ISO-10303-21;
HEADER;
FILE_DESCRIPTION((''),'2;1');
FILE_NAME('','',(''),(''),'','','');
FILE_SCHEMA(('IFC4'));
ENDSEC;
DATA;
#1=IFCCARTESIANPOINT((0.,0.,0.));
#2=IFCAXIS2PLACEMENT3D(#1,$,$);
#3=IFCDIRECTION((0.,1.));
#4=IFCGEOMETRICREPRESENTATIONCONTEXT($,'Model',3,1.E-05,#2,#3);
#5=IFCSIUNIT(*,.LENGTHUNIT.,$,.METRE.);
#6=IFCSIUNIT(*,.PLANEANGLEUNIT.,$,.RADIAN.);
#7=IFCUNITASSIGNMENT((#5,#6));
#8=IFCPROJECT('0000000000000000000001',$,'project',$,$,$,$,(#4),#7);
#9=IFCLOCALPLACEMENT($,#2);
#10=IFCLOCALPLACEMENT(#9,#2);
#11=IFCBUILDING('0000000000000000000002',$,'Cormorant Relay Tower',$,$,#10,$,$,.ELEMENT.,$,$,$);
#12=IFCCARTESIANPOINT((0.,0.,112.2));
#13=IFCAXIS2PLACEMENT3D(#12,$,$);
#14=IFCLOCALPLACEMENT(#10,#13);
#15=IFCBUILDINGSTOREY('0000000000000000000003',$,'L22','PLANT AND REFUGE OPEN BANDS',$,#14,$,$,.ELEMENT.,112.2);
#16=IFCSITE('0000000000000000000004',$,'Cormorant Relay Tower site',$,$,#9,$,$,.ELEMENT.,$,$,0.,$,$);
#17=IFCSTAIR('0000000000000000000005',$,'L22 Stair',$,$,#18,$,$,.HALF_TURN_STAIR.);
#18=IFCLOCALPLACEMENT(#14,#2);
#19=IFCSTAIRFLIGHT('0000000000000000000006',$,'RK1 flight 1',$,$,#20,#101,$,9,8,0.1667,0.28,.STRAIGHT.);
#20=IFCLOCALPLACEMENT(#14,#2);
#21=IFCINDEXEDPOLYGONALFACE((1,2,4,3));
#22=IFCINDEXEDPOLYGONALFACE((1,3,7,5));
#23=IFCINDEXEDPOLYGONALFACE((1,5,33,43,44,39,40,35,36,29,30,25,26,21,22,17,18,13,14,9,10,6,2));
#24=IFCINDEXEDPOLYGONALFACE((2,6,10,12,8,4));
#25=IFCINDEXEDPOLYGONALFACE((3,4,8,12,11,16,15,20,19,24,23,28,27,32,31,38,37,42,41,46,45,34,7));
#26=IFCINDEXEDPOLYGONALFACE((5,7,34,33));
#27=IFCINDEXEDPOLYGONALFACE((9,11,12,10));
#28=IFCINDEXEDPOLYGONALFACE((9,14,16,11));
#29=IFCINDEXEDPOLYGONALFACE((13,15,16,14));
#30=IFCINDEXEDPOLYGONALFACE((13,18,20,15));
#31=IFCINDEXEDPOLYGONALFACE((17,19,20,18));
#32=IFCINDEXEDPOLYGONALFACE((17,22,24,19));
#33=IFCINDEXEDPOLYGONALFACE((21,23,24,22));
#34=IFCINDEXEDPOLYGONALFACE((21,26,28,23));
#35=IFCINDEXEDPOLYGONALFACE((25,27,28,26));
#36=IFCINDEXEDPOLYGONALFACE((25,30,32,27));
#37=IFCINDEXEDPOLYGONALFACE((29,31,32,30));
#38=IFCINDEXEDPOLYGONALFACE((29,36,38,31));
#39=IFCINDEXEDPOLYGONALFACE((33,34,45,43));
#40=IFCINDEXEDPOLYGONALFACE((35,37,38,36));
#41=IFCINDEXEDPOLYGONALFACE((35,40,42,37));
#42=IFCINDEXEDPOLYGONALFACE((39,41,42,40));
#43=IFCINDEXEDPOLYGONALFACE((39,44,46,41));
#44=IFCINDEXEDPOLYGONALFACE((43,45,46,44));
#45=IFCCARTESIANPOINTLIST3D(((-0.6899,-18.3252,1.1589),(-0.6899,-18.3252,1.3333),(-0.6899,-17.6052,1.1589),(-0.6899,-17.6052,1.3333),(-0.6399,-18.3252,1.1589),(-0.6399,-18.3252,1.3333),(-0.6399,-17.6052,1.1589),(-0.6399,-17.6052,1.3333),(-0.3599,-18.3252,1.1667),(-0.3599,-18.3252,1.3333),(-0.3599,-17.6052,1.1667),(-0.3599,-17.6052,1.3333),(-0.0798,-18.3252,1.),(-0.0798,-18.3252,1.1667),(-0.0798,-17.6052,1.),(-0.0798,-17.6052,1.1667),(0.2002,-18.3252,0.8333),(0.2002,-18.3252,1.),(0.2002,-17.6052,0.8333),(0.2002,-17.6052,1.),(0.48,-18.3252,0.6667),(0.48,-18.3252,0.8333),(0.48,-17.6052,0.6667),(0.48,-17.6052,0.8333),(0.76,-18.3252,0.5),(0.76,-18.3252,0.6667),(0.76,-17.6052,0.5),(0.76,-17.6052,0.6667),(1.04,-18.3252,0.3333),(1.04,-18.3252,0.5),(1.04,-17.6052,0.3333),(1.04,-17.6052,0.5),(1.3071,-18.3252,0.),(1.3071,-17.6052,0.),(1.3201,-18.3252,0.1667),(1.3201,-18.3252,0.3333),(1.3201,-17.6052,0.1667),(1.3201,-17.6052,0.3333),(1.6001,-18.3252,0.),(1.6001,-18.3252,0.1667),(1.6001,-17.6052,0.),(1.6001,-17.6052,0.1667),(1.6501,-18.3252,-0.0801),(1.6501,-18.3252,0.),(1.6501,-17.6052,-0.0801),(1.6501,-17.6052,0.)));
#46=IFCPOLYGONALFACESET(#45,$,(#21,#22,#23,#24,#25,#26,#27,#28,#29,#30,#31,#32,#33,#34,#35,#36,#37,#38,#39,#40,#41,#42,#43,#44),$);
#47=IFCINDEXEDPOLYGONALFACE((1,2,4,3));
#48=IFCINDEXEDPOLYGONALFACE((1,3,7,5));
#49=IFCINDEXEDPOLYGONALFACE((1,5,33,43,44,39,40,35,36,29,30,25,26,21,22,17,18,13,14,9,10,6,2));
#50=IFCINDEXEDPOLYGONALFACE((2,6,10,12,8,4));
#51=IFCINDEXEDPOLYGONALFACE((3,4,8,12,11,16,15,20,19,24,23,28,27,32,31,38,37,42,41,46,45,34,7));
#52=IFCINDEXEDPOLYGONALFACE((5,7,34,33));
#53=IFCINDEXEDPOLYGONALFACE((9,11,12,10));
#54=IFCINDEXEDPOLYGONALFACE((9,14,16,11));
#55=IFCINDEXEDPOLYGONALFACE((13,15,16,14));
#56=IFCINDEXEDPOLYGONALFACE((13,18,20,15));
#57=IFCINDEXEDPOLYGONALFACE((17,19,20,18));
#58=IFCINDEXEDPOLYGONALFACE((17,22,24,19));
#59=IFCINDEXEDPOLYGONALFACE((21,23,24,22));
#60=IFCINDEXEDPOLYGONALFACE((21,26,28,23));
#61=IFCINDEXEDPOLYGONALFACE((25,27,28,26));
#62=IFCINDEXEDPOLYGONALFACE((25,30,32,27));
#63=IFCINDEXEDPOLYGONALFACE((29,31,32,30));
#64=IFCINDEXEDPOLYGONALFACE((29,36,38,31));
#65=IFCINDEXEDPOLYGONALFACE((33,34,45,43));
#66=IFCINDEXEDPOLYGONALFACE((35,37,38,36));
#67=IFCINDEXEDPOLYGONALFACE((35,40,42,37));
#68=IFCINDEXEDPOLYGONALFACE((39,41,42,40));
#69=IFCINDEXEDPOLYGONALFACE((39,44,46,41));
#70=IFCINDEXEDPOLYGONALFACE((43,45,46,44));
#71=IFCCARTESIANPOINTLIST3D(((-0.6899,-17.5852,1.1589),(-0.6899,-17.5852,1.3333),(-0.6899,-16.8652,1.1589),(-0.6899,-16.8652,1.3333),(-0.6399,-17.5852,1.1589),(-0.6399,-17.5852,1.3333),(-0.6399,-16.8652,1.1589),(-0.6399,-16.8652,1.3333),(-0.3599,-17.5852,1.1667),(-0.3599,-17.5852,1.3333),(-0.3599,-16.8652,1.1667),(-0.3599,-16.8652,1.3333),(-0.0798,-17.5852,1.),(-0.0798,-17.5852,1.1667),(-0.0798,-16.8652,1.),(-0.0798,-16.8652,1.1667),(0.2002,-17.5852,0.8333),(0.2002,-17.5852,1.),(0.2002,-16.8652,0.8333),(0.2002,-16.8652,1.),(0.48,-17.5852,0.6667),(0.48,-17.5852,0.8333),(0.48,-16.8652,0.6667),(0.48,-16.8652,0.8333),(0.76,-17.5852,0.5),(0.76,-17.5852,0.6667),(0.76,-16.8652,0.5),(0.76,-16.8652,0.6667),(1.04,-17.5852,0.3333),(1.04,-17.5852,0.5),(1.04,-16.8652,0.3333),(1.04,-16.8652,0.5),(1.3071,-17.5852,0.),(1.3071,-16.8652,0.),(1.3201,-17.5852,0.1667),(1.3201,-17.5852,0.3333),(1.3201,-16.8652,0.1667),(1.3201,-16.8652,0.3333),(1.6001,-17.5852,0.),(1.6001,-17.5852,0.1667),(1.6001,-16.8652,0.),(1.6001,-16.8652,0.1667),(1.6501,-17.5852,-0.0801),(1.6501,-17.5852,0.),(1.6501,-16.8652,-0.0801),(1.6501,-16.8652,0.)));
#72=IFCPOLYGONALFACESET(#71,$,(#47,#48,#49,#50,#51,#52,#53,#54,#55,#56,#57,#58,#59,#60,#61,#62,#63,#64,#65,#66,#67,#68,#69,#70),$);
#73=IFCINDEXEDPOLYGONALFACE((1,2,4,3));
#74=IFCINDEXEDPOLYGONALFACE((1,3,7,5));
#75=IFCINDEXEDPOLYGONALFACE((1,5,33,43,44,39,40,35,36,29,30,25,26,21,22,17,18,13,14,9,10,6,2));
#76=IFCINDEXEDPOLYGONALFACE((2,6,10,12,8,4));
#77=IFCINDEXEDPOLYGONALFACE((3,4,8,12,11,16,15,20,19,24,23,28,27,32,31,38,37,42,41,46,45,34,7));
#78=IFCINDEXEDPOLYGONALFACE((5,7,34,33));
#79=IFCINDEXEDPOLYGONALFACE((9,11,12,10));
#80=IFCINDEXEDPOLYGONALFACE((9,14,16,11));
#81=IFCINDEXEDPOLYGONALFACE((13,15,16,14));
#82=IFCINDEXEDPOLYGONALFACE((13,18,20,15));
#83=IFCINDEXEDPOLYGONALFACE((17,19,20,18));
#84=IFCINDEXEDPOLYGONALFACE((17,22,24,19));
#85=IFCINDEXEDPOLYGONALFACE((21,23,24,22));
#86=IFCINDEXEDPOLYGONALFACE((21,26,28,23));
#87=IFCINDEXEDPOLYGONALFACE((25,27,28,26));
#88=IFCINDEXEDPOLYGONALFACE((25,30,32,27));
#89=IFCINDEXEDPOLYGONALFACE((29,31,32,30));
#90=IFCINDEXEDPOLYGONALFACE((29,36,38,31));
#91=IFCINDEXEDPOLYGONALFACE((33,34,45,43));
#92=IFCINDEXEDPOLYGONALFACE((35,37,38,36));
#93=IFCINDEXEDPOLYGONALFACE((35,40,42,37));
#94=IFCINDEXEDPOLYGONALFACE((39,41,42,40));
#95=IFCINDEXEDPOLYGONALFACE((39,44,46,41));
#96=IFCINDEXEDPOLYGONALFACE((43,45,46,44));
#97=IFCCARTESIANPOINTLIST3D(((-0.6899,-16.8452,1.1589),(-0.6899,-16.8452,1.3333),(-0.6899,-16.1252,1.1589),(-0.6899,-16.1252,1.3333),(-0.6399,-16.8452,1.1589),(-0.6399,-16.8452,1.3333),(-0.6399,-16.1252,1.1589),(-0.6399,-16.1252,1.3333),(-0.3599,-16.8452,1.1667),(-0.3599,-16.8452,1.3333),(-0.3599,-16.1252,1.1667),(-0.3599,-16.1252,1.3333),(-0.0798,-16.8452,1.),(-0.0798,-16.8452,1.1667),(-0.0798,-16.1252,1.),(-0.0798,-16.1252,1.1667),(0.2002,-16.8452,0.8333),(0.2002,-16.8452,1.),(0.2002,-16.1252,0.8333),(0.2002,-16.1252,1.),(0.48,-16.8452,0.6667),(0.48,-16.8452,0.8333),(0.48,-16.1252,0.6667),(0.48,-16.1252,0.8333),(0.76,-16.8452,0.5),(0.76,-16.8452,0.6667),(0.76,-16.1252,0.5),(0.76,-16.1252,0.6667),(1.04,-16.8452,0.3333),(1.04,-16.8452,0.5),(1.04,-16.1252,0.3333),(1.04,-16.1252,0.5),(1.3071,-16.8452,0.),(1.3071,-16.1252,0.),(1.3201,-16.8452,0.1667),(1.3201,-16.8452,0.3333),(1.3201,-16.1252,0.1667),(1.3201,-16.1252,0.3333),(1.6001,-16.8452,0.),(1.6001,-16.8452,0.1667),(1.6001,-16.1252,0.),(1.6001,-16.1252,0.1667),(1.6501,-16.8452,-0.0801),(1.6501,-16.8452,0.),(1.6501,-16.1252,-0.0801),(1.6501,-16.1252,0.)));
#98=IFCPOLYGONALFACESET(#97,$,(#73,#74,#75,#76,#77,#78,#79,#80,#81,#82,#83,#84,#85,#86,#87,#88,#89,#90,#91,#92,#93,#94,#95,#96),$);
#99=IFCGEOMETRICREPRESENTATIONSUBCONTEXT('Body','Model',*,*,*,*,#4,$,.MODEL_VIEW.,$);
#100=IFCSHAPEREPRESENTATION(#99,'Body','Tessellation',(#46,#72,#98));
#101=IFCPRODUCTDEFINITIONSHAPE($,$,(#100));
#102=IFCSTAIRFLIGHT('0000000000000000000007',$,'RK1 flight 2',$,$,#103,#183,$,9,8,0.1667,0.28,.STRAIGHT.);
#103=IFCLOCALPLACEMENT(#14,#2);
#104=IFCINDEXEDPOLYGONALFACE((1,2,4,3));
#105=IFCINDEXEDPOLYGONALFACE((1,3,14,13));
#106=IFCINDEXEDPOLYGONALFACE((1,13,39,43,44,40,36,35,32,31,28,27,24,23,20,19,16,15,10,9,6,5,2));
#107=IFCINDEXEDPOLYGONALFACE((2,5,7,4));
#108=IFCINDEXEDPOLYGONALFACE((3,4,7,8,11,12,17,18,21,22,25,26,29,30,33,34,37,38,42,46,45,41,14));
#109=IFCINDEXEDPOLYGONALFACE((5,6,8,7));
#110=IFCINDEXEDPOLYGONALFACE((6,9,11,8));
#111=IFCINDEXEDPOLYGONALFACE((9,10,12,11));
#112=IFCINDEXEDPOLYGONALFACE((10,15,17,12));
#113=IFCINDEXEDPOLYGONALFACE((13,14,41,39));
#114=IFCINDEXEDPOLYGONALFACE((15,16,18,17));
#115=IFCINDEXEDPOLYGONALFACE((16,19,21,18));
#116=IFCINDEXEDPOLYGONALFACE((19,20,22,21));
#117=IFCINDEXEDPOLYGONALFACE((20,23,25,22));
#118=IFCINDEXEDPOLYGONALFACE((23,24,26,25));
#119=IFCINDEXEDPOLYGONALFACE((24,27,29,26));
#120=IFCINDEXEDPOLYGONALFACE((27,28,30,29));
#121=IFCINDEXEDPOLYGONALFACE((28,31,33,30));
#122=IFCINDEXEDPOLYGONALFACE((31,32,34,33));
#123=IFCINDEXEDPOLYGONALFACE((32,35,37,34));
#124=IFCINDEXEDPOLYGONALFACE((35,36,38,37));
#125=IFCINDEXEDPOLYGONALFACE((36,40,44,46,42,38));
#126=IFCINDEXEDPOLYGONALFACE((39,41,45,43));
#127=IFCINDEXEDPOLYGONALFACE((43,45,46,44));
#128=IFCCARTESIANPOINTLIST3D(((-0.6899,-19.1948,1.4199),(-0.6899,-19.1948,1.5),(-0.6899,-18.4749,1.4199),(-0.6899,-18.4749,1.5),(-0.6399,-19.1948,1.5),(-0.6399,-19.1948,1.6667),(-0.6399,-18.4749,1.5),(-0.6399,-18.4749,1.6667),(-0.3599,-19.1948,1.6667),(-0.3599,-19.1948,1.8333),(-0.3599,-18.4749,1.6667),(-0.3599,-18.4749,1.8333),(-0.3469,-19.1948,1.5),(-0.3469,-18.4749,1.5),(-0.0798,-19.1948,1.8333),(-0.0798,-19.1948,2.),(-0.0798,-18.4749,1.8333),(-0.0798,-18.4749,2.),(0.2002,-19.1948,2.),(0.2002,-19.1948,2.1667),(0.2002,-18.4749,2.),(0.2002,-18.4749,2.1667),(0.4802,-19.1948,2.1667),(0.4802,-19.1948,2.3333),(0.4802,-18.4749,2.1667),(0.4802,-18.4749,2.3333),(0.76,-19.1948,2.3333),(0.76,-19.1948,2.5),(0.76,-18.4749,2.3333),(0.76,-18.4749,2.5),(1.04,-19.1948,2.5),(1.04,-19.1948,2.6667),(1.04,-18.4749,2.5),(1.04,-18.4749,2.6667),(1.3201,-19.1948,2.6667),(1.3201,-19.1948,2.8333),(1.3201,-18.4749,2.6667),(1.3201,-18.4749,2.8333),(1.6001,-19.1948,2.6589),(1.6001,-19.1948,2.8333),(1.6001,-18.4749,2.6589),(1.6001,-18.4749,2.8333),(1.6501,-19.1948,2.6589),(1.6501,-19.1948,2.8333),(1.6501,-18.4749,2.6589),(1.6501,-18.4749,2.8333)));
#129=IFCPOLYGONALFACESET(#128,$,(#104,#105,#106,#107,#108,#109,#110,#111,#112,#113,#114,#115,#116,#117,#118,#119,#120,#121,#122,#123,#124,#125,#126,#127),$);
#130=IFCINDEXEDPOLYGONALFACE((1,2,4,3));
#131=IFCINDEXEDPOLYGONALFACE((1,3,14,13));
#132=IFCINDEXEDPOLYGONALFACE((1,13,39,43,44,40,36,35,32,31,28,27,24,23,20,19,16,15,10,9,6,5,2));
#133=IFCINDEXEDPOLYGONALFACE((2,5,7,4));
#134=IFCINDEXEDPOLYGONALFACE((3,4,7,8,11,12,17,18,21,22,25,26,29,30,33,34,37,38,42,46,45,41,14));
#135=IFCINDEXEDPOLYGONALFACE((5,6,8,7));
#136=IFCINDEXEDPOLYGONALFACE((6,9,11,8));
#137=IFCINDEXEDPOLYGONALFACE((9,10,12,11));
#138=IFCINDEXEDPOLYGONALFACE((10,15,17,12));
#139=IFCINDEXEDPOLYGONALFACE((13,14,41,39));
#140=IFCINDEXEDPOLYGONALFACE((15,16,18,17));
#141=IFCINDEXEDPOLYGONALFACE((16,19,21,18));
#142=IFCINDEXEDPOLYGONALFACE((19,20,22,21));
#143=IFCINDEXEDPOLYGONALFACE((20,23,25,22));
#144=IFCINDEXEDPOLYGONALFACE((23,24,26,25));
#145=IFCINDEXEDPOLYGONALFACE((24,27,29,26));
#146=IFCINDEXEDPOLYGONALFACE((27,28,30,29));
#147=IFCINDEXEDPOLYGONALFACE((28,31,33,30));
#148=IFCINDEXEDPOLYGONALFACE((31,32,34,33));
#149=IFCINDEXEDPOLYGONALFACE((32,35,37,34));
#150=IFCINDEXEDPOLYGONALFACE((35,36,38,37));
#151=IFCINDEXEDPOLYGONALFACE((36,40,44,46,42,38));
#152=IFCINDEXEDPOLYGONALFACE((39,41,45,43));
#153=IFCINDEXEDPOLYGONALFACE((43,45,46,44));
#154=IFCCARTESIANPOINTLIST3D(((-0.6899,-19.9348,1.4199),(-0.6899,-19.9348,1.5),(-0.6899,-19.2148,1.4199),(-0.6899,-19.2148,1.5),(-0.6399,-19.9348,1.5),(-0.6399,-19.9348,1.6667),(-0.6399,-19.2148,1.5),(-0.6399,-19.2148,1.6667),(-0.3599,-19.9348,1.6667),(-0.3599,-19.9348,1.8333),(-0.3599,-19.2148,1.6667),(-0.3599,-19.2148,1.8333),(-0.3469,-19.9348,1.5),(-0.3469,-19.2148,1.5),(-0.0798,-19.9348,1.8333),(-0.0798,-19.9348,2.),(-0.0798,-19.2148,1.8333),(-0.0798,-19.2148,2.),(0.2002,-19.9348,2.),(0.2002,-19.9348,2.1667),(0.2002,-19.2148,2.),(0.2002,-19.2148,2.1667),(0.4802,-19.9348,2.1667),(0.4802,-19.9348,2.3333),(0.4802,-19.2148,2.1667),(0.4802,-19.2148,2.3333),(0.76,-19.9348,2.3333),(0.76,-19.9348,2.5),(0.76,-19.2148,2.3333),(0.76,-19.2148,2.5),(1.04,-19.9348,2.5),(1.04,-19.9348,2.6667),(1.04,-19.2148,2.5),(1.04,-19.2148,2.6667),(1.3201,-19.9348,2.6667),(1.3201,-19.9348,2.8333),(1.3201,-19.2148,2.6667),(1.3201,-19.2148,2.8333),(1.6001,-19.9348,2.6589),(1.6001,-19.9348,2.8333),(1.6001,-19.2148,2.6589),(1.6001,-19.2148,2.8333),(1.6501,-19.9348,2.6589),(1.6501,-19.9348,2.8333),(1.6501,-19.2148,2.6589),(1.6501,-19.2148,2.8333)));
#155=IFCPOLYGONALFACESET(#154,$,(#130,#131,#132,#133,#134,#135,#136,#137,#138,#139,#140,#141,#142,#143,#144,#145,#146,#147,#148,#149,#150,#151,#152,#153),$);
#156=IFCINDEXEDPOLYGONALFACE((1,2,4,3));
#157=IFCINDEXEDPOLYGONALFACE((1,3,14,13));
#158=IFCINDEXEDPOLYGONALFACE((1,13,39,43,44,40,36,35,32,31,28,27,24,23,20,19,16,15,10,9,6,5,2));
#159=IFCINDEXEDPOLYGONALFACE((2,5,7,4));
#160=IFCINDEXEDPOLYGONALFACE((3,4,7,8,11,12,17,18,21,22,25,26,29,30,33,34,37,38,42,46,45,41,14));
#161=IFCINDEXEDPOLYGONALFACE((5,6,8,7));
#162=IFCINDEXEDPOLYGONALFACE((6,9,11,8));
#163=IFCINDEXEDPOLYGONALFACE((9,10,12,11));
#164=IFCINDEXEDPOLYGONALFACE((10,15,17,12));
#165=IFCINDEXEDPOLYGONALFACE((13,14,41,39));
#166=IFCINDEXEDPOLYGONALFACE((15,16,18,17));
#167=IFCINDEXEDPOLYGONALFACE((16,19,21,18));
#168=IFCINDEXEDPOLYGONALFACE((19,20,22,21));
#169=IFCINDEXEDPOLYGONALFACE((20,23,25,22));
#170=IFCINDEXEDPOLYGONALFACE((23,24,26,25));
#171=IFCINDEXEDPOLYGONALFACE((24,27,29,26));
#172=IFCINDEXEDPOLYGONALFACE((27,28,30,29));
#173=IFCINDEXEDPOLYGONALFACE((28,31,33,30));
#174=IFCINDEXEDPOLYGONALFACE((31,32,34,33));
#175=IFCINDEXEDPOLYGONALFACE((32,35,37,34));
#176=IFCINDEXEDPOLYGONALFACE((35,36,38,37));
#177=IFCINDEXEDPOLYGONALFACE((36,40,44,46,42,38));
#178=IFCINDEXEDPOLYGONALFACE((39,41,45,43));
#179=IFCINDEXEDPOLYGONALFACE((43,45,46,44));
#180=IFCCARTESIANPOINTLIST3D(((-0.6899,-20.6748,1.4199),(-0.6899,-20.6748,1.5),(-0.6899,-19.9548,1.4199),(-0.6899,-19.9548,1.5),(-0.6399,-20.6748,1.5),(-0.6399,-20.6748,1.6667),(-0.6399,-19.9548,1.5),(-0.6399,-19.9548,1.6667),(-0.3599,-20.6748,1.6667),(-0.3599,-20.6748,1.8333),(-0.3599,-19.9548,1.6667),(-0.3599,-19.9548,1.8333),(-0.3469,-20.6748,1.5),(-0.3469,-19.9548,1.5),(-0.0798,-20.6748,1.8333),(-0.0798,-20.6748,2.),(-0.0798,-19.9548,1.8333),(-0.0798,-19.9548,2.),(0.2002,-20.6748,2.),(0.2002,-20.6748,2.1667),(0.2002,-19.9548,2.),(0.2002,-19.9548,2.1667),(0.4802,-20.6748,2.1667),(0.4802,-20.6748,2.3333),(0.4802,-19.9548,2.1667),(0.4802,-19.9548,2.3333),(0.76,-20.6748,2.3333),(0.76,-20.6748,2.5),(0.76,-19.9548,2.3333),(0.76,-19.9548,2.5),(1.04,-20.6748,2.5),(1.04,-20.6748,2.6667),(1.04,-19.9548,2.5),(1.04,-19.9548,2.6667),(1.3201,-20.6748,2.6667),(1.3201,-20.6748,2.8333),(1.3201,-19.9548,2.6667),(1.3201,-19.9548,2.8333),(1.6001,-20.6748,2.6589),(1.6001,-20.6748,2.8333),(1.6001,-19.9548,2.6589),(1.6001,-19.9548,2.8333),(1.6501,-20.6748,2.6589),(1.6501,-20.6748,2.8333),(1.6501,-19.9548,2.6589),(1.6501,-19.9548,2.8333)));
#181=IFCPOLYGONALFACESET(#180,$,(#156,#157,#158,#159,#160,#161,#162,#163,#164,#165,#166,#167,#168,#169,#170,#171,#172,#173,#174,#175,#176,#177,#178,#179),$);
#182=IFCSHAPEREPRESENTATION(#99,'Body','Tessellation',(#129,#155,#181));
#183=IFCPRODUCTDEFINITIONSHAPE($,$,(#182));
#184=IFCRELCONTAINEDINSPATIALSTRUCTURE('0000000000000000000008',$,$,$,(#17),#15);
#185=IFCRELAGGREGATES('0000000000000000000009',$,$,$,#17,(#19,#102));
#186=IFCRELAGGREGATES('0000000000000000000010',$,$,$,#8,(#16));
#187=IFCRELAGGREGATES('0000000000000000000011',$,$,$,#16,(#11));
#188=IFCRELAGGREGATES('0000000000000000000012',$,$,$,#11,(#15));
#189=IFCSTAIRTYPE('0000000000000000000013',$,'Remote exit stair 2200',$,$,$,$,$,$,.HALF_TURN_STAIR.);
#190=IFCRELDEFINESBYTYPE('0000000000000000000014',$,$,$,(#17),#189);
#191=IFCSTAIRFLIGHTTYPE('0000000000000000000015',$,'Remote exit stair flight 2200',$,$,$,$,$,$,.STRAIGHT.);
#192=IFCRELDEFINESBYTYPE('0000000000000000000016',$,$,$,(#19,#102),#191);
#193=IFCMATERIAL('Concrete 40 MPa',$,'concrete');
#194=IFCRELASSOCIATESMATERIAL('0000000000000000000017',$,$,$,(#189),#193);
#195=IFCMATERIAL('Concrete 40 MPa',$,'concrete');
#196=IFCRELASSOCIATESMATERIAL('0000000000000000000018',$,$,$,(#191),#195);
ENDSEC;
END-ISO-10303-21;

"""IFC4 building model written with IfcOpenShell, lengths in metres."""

from ifc_helpers import new_model, si_unit, direction, frame, origin, place, context, subcontext, project, spatial, polyline, outline, extrude, material, type_object, element, aggregate, save


model = new_model("IFC4")

# Units and contexts
model_context = context("Model", 3, precision=1e-05, world=origin(), true_north=direction((0.0, 1.0)))
body_context = subcontext(model_context, "Body", "Model", "MODEL_VIEW")
ifc_project = project(units=[si_unit("LENGTHUNIT", "METRE"), si_unit("PLANEANGLEUNIT", "RADIAN")], contexts=[model_context])

# Site, building, storey
site_placement = place(None, origin())
site = spatial("IfcSite", under=ifc_project, at=site_placement, Name="Cormorant Relay Tower site", CompositionType="ELEMENT", RefElevation=0.0)
building_placement = place(site_placement, origin())
building = spatial("IfcBuilding", under=site, at=building_placement, Name="Cormorant Relay Tower", CompositionType="ELEMENT")
storey_placement = place(building_placement, frame((0.0, 0.0, 112.2)))
storey = spatial("IfcBuildingStorey", under=building, at=storey_placement, Name="L22", Description="PLANT AND REFUGE OPEN BANDS", CompositionType="ELEMENT", Elevation=112.2)

# Stair, stair flights
ifc_material_1 = material(Name="Concrete 40 MPa", Category="concrete")
stair_type = type_object("IfcStairType", Name="Remote exit stair 2200", PredefinedType="HALF_TURN_STAIR", material=ifc_material_1)
stair_placement = place(storey_placement, origin())
stair = element("IfcStair", 1, at=stair_placement, inside=storey, type_object=stair_type, Name="L22 Stair", PredefinedType="HALF_TURN_STAIR")
ifc_material_2 = material(Name="Concrete 40 MPa", Category="concrete")
stair_flight_type = type_object("IfcStairFlightType", Name="Remote exit stair flight 2200", PredefinedType="STRAIGHT", material=ifc_material_2)
stair_flight_1_placement = place(storey_placement, frame((1.6001, -17.2251, 0.0), z_axis=(0.0, 0.0, 1.0), x_axis=(-1.0, 0.0, 0.0)))
stair_flight_1 = element("IfcStairFlight", 2, at=stair_flight_1_placement, type_object=stair_flight_type, Name="RK1 flight 1", NumberOfRisers=9, NumberOfTreads=8, PredefinedType="STRAIGHT", RiserHeight=0.1667, TreadLength=0.28, context=body_context, shape_type="SweptSolid", body=[
    extrude(outline(polyline([(-0.05, -0.0801), (-0.05, 0.0), (0.0, 0.0), (0.0, 0.1667), (0.28, 0.1667), (0.28, 0.3333), (0.5601, 0.3333), (0.5601, 0.5), (0.8401, 0.5), (0.8401, 0.6667), (1.1201, 0.6667), (1.1201, 0.8333), (1.3999, 0.8333), (1.3999, 1.0), (1.6799, 1.0), (1.6799, 1.1667), (1.96, 1.1667), (1.96, 1.3333), (2.24, 1.3333), (2.29, 1.3333), (2.29, 1.1589), (2.24, 1.1589), (0.293, 0.0), (-0.05, -0.0801)])), frame((0.0, 1.1001, 0.0), z_axis=(0.0, -1.0, 0.0), x_axis=(1.0, 0.0, 0.0)), (0.0, 0.0, 1.0), 0.72),
    extrude(outline(polyline([(-0.05, -0.0801), (-0.05, 0.0), (0.0, 0.0), (0.0, 0.1667), (0.28, 0.1667), (0.28, 0.3333), (0.5601, 0.3333), (0.5601, 0.5), (0.8401, 0.5), (0.8401, 0.6667), (1.1201, 0.6667), (1.1201, 0.8333), (1.3999, 0.8333), (1.3999, 1.0), (1.6799, 1.0), (1.6799, 1.1667), (1.96, 1.1667), (1.96, 1.3333), (2.24, 1.3333), (2.29, 1.3333), (2.29, 1.1589), (2.24, 1.1589), (0.293, 0.0), (-0.05, -0.0801)])), frame((0.0, 0.3601, 0.0), z_axis=(0.0, -1.0, 0.0), x_axis=(1.0, 0.0, 0.0)), (0.0, 0.0, 1.0), 0.72),
    extrude(outline(polyline([(-0.05, -0.0801), (-0.05, 0.0), (0.0, 0.0), (0.0, 0.1667), (0.28, 0.1667), (0.28, 0.3333), (0.5601, 0.3333), (0.5601, 0.5), (0.8401, 0.5), (0.8401, 0.6667), (1.1201, 0.6667), (1.1201, 0.8333), (1.3999, 0.8333), (1.3999, 1.0), (1.6799, 1.0), (1.6799, 1.1667), (1.96, 1.1667), (1.96, 1.3333), (2.24, 1.3333), (2.29, 1.3333), (2.29, 1.1589), (2.24, 1.1589), (0.293, 0.0), (-0.05, -0.0801)])), frame((0.0, -0.3799, 0.0), z_axis=(0.0, -1.0, 0.0), x_axis=(1.0, 0.0, 0.0)), (0.0, 0.0, 1.0), 0.72),
])
stair_flight_2_placement = place(storey_placement, frame((-0.6399, -19.575, 1.5), z_axis=(0.0, 0.0, 1.0), x_axis=(1.0, 0.0, 0.0)))
stair_flight_2 = element("IfcStairFlight", 3, at=stair_flight_2_placement, type_object=stair_flight_type, Name="RK1 flight 2", NumberOfRisers=9, NumberOfTreads=8, PredefinedType="STRAIGHT", RiserHeight=0.1667, TreadLength=0.28, context=body_context, shape_type="SweptSolid", body=[
    extrude(outline(polyline([(-0.05, -0.0801), (-0.05, 0.0), (0.0, 0.0), (0.0, 0.1667), (0.28, 0.1667), (0.28, 0.3333), (0.5601, 0.3333), (0.5601, 0.5), (0.8401, 0.5), (0.8401, 0.6667), (1.1201, 0.6667), (1.1201, 0.8333), (1.3999, 0.8333), (1.3999, 1.0), (1.6799, 1.0), (1.6799, 1.1667), (1.96, 1.1667), (1.96, 1.3333), (2.24, 1.3333), (2.29, 1.3333), (2.29, 1.1589), (2.24, 1.1589), (0.293, 0.0), (-0.05, -0.0801)])), frame((0.0, 1.1001, 0.0), z_axis=(0.0, -1.0, 0.0), x_axis=(1.0, 0.0, 0.0)), (0.0, 0.0, 1.0), 0.72),
    extrude(outline(polyline([(-0.05, -0.0801), (-0.05, 0.0), (0.0, 0.0), (0.0, 0.1667), (0.28, 0.1667), (0.28, 0.3333), (0.5601, 0.3333), (0.5601, 0.5), (0.8401, 0.5), (0.8401, 0.6667), (1.1201, 0.6667), (1.1201, 0.8333), (1.3999, 0.8333), (1.3999, 1.0), (1.6799, 1.0), (1.6799, 1.1667), (1.96, 1.1667), (1.96, 1.3333), (2.24, 1.3333), (2.29, 1.3333), (2.29, 1.1589), (2.24, 1.1589), (0.293, 0.0), (-0.05, -0.0801)])), frame((0.0, 0.3601, 0.0), z_axis=(0.0, -1.0, 0.0), x_axis=(1.0, 0.0, 0.0)), (0.0, 0.0, 1.0), 0.72),
    extrude(outline(polyline([(-0.05, -0.0801), (-0.05, 0.0), (0.0, 0.0), (0.0, 0.1667), (0.28, 0.1667), (0.28, 0.3333), (0.5601, 0.3333), (0.5601, 0.5), (0.8401, 0.5), (0.8401, 0.6667), (1.1201, 0.6667), (1.1201, 0.8333), (1.3999, 0.8333), (1.3999, 1.0), (1.6799, 1.0), (1.6799, 1.1667), (1.96, 1.1667), (1.96, 1.3333), (2.24, 1.3333), (2.29, 1.3333), (2.29, 1.1589), (2.24, 1.1589), (0.293, 0.0), (-0.05, -0.0801)])), frame((0.0, -0.3799, 0.0), z_axis=(0.0, -1.0, 0.0), x_axis=(1.0, 0.0, 0.0)), (0.0, 0.0, 1.0), 0.72),
])
aggregate(stair, [stair_flight_1, stair_flight_2])

save(model, "model.ifc")
